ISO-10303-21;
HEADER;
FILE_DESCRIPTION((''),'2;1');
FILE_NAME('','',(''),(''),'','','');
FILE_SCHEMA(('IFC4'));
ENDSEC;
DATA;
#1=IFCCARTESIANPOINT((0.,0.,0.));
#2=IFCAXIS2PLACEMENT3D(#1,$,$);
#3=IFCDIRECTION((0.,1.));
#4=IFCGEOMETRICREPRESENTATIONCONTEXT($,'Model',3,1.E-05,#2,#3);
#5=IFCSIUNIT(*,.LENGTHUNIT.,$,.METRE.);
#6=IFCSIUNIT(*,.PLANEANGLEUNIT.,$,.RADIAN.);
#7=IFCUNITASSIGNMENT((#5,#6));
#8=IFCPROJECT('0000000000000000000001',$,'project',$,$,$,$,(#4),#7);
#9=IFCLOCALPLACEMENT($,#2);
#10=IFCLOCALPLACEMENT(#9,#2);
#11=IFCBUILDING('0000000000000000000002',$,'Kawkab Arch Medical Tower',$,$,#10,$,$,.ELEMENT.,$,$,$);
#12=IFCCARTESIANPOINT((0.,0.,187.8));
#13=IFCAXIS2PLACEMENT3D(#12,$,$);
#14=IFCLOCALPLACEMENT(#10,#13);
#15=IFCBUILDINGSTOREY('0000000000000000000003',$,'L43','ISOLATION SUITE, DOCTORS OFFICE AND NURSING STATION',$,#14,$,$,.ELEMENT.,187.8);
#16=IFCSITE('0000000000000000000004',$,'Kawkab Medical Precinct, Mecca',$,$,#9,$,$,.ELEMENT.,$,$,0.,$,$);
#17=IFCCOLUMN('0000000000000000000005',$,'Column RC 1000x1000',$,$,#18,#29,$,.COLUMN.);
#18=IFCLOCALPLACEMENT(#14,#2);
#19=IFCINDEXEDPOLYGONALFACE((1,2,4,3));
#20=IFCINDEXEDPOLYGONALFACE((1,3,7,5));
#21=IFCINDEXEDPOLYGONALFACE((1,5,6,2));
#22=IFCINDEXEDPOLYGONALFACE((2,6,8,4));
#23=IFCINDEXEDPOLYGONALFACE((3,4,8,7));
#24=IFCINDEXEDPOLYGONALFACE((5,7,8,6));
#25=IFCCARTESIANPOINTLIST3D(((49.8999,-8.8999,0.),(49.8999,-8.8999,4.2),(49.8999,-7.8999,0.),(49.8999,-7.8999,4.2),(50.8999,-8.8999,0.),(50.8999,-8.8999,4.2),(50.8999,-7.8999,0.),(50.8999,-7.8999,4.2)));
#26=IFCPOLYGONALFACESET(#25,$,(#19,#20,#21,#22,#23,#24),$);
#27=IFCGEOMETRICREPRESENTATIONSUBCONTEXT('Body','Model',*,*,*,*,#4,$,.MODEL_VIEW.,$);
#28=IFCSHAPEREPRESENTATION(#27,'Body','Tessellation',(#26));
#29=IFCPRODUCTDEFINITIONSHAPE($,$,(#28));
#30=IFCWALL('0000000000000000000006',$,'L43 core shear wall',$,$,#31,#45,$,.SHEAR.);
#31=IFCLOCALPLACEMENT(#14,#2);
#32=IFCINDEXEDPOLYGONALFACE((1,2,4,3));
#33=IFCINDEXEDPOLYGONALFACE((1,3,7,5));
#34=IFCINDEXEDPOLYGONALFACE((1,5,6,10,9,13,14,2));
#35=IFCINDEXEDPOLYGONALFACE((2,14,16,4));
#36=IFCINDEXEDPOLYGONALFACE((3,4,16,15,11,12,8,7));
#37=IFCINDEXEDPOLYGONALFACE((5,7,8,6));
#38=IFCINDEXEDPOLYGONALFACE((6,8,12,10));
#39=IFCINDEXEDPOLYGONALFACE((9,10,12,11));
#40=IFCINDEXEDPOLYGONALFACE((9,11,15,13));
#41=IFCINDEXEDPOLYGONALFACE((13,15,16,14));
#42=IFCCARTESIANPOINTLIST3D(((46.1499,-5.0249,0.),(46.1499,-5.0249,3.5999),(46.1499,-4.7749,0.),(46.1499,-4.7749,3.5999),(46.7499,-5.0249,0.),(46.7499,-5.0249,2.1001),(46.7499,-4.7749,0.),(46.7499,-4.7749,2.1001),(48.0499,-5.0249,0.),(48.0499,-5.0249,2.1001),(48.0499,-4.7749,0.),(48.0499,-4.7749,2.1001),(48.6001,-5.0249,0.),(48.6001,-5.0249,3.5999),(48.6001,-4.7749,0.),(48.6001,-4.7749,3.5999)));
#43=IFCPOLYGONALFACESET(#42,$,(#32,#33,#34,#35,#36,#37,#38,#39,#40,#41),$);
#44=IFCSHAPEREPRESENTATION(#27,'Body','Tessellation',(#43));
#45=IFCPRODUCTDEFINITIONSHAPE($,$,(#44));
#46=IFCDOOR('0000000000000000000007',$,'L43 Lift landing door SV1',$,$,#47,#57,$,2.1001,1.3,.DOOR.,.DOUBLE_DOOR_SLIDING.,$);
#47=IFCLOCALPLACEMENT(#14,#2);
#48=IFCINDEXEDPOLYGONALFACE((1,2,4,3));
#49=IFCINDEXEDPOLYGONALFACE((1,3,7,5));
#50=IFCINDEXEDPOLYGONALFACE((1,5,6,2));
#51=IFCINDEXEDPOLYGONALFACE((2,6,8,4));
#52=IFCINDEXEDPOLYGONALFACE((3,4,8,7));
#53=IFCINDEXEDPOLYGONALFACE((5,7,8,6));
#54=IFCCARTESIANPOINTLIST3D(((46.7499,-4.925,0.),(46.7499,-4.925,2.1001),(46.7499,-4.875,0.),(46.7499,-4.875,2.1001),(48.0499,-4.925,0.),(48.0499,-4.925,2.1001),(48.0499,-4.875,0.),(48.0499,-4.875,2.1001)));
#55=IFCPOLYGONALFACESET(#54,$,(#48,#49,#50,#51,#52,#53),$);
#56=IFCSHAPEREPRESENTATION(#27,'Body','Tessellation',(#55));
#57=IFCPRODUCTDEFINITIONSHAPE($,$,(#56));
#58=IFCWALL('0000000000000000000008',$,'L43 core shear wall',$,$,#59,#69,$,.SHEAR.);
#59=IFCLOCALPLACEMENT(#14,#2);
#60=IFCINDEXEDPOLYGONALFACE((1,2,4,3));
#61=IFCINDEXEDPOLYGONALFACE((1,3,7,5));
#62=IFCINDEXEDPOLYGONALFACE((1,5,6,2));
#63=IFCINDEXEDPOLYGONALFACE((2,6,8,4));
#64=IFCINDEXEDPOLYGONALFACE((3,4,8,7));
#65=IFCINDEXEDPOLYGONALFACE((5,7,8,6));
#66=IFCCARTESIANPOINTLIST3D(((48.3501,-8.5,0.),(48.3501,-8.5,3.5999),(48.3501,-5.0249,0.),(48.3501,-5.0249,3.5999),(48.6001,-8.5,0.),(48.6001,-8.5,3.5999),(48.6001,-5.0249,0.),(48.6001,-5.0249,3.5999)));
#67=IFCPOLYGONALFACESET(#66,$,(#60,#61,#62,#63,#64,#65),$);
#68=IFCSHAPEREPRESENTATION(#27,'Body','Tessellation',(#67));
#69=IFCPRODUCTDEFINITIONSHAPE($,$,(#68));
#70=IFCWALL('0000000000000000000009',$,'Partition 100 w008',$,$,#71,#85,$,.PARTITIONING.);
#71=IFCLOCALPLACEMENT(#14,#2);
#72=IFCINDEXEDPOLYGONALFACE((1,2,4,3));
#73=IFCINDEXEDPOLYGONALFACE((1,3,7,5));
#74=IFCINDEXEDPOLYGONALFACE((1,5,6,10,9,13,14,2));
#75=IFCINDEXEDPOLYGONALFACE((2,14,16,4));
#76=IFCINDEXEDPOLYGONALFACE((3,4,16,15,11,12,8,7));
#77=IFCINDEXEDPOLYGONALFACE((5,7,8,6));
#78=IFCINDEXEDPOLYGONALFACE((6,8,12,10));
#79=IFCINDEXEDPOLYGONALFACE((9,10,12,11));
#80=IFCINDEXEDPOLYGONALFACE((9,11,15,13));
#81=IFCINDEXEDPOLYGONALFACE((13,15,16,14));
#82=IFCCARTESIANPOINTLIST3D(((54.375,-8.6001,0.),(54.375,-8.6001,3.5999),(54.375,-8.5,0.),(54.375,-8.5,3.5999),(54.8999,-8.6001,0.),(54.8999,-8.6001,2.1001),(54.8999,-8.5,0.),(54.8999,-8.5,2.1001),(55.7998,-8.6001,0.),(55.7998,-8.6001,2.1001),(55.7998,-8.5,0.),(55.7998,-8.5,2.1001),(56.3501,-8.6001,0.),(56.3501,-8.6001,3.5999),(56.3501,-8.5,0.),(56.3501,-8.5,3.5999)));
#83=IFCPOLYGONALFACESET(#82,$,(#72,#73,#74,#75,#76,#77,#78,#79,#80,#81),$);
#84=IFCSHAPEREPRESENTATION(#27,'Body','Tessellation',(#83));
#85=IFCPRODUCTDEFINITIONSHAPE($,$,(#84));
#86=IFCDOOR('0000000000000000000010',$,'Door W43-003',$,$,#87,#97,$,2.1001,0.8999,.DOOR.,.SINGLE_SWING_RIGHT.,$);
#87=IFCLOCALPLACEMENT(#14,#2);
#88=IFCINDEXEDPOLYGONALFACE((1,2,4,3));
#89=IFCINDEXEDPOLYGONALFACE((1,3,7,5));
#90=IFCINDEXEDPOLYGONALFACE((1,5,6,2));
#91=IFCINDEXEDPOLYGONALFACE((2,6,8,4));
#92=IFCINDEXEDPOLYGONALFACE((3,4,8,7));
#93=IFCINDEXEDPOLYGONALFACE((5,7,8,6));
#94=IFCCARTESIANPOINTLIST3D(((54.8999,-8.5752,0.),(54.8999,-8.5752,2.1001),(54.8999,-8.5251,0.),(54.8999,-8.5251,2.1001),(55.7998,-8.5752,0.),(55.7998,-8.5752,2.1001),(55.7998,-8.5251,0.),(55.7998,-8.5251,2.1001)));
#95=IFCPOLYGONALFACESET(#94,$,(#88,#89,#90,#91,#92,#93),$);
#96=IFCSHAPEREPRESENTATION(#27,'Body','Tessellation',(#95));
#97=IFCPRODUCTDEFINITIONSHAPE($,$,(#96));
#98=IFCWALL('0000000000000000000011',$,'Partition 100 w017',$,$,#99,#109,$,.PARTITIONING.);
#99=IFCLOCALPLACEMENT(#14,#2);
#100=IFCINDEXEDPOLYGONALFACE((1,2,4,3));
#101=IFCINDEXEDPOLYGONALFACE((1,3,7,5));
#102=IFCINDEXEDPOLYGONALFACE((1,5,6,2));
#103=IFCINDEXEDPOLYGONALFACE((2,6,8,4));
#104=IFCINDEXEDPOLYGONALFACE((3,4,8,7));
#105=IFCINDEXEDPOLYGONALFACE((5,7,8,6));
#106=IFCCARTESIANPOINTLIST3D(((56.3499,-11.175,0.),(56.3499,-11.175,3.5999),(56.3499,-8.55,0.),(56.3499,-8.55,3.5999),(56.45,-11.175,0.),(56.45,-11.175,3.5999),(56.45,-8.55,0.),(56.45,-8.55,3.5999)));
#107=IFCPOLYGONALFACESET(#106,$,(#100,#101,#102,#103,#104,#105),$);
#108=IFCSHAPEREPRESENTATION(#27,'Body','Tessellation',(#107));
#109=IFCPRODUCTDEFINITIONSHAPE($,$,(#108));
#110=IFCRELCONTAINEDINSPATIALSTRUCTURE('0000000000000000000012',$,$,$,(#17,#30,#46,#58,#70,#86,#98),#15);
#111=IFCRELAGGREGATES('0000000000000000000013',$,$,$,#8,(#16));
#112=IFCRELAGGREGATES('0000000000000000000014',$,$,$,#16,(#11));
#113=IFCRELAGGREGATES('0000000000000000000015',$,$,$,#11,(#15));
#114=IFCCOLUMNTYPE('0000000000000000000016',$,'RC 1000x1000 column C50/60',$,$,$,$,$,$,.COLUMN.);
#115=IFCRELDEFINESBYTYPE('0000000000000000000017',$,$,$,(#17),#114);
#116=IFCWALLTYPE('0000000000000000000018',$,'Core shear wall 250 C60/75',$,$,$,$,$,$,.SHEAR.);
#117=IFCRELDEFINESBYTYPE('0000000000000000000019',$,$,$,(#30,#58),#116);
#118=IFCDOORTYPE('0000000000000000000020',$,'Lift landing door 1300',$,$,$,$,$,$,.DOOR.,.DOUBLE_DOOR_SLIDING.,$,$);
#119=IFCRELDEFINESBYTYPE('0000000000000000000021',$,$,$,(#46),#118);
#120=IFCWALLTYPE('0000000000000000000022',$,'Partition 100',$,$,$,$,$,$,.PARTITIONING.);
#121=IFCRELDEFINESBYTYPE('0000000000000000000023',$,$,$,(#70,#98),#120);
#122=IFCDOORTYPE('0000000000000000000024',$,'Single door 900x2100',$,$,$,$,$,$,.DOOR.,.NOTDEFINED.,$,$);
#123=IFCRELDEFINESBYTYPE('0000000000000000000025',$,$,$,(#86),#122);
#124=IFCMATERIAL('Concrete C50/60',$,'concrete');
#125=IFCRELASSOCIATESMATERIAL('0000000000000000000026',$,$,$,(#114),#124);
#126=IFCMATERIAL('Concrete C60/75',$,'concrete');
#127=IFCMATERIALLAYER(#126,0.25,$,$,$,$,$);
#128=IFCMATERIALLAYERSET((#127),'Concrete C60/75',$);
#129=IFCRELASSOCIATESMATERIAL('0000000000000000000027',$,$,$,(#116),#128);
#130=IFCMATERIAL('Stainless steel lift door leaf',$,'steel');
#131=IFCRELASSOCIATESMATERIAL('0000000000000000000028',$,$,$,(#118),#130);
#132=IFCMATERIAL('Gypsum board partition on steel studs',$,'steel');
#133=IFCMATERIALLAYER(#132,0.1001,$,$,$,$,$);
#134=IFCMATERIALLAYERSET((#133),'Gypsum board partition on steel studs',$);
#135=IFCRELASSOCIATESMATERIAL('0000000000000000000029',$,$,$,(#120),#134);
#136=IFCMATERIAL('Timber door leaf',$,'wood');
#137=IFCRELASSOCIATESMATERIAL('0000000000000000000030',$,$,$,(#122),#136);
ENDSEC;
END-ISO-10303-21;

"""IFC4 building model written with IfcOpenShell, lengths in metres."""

from ifc_helpers import new_model, si_unit, direction, frame, frame_2d, origin, origin_2d, place, context, subcontext, project, spatial, rectangle, extrude, material, layer, layer_set, material_profile, profile_set, type_object, element, fill, save


model = new_model("IFC4")

# Units and contexts
model_context = context("Model", 3, precision=1e-05, world=origin(), true_north=direction((0.0, 1.0)))
body_context = subcontext(model_context, "Body", "Model", "MODEL_VIEW")
ifc_project = project(units=[si_unit("LENGTHUNIT", "METRE"), si_unit("PLANEANGLEUNIT", "RADIAN")], contexts=[model_context])

# Site, building, storey
site_placement = place(None, origin())
site = spatial("IfcSite", under=ifc_project, at=site_placement, Name="Kawkab Medical Precinct, Mecca", CompositionType="ELEMENT", RefElevation=0.0)
building_placement = place(site_placement, origin())
building = spatial("IfcBuilding", under=site, at=building_placement, Name="Kawkab Arch Medical Tower", CompositionType="ELEMENT")
storey_placement = place(building_placement, frame((0.0, 0.0, 187.8)))
storey = spatial("IfcBuildingStorey", under=building, at=storey_placement, Name="L43", Description="ISOLATION SUITE, DOCTORS OFFICE AND NURSING STATION", CompositionType="ELEMENT", Elevation=187.8)

# Column
ifc_material_1 = material(Name="Concrete C50/60", Category="concrete")
ifc_material_profile = material_profile(ifc_material_1, rectangle(XDim=1.0, YDim=1.0, at=origin_2d()), Name="RC 1000x1000")
ifc_profile_set = profile_set([ifc_material_profile], Name="Concrete C50/60")
column_type = type_object("IfcColumnType", Name="RC 1000x1000 column C50/60", PredefinedType="COLUMN", material=ifc_profile_set)
column_placement = place(storey_placement, frame((50.3999, -8.3999, 0.0), z_axis=(0.0, 0.0, 1.0), x_axis=(1.0, 0.0, 0.0)))
element("IfcColumn", 1, at=column_placement, inside=storey, type_object=column_type, Name="Column RC 1000x1000", PredefinedType="COLUMN", context=body_context, shape_type="SweptSolid", body=[
    extrude(rectangle(XDim=1.0, YDim=1.0, at=origin_2d()), origin(), (0.0, 0.0, 1.0), 4.2),
])

# Wall, opening, door
ifc_material_2 = material(Name="Concrete C60/75", Category="concrete")
ifc_layer_1 = layer(ifc_material_2, 0.25)
ifc_layer_set_1 = layer_set([ifc_layer_1], Name="Concrete C60/75")
wall_type_1 = type_object("IfcWallType", Name="Core shear wall 250 C60/75", PredefinedType="SHEAR", material=ifc_layer_set_1)
wall_1_placement = place(storey_placement, frame((46.1499, -4.8999, 0.0), z_axis=(0.0, 0.0, 1.0), x_axis=(1.0, 0.0, 0.0)))
wall_1 = element("IfcWall", 2, at=wall_1_placement, inside=storey, type_object=wall_type_1, Name="L43 core shear wall", PredefinedType="SHEAR", context=body_context, shape_type="SweptSolid", body=[
    extrude(rectangle(XDim=2.4502, YDim=0.25, at=frame_2d((1.2251, 0.0))), origin(), (0.0, 0.0, 1.0), 3.5999),
])
opening_1_placement = place(wall_1_placement, frame((0.6001, 0.0, 0.0)))
opening_1 = element("IfcOpeningElement", 3, at=opening_1_placement, cuts=wall_1, PredefinedType="OPENING", context=body_context, shape_type="SweptSolid", body=[
    extrude(rectangle(XDim=1.3, YDim=2.1001, at=frame_2d((0.6499, 1.05))), frame((0.0, 0.135, 0.0), z_axis=(0.0, -1.0, 0.0), x_axis=(1.0, 0.0, 0.0)), (0.0, 0.0, 1.0), 0.27),
])
ifc_material_3 = material(Name="Stainless steel lift door leaf", Category="steel")
door_type_1 = type_object("IfcDoorType", Name="Lift landing door 1300", OperationType="DOUBLE_DOOR_SLIDING", PredefinedType="DOOR", material=ifc_material_3)
door_1_placement = place(opening_1_placement, origin())
door_1 = element("IfcDoor", 4, at=door_1_placement, inside=storey, type_object=door_type_1, Name="L43 Lift landing door SV1", OperationType="DOUBLE_DOOR_SLIDING", OverallHeight=2.1001, OverallWidth=1.3, PredefinedType="DOOR", context=body_context, shape_type="SweptSolid", body=[
    extrude(rectangle(XDim=1.3, YDim=2.1001, at=frame_2d((0.6499, 1.05))), frame((0.0, 0.0249, 0.0), z_axis=(0.0, -1.0, 0.0), x_axis=(1.0, 0.0, 0.0)), (0.0, 0.0, 1.0), 0.05),
])
fill(opening_1, door_1)

# Wall
wall_2_placement = place(storey_placement, frame((48.4751, -8.5, 0.0), z_axis=(0.0, 0.0, 1.0), x_axis=(0.0, 1.0, 0.0)))
element("IfcWall", 5, at=wall_2_placement, inside=storey, type_object=wall_type_1, Name="L43 core shear wall", PredefinedType="SHEAR", context=body_context, shape_type="SweptSolid", body=[
    extrude(rectangle(XDim=3.4751, YDim=0.25, at=frame_2d((1.7375, 0.0))), origin(), (0.0, 0.0, 1.0), 3.5999),
])

# Wall, opening, door
ifc_material_4 = material(Name="Gypsum board partition on steel studs", Category="steel")
ifc_layer_2 = layer(ifc_material_4, 0.1001)
ifc_layer_set_2 = layer_set([ifc_layer_2], Name="Gypsum board partition on steel studs")
wall_type_2 = type_object("IfcWallType", Name="Partition 100", PredefinedType="PARTITIONING", material=ifc_layer_set_2)
wall_3_placement = place(storey_placement, frame((54.375, -8.55, 0.0), z_axis=(0.0, 0.0, 1.0), x_axis=(1.0, 0.0, 0.0)))
wall_3 = element("IfcWall", 6, at=wall_3_placement, inside=storey, type_object=wall_type_2, Name="Partition 100 w008", PredefinedType="PARTITIONING", context=body_context, shape_type="SweptSolid", body=[
    extrude(rectangle(XDim=1.9751, YDim=0.1001, at=frame_2d((0.9875, 0.0))), origin(), (0.0, 0.0, 1.0), 3.5999),
])
opening_2_placement = place(wall_3_placement, frame((0.5249, 0.0, 0.0)))
opening_2 = element("IfcOpeningElement", 7, at=opening_2_placement, cuts=wall_3, PredefinedType="OPENING", context=body_context, shape_type="SweptSolid", body=[
    extrude(rectangle(XDim=0.8999, YDim=2.1001, at=frame_2d((0.45, 1.05))), frame((0.0, 0.0601, 0.0), z_axis=(0.0, -1.0, 0.0), x_axis=(1.0, 0.0, 0.0)), (0.0, 0.0, 1.0), 0.1201),
])
ifc_material_5 = material(Name="Timber door leaf", Category="wood")
door_type_2 = type_object("IfcDoorType", Name="Single door 900x2100", OperationType="NOTDEFINED", PredefinedType="DOOR", material=ifc_material_5)
door_2_placement = place(opening_2_placement, origin())
door_2 = element("IfcDoor", 8, at=door_2_placement, inside=storey, type_object=door_type_2, Name="Door W43-003", OperationType="SINGLE_SWING_RIGHT", OverallHeight=2.1001, OverallWidth=0.8999, PredefinedType="DOOR", context=body_context, shape_type="SweptSolid", body=[
    extrude(rectangle(XDim=0.8999, YDim=2.1001, at=frame_2d((0.45, 1.05))), frame((0.0, 0.0249, 0.0), z_axis=(0.0, -1.0, 0.0), x_axis=(1.0, 0.0, 0.0)), (0.0, 0.0, 1.0), 0.05),
])
fill(opening_2, door_2)

# Wall
wall_4_placement = place(storey_placement, frame((56.3999, -11.175, 0.0), z_axis=(0.0, 0.0, 1.0), x_axis=(0.0, 1.0, 0.0)))
element("IfcWall", 9, at=wall_4_placement, inside=storey, type_object=wall_type_2, Name="Partition 100 w017", PredefinedType="PARTITIONING", context=body_context, shape_type="SweptSolid", body=[
    extrude(rectangle(XDim=2.625, YDim=0.1001, at=frame_2d((1.3125, 0.0))), origin(), (0.0, 0.0, 1.0), 3.5999),
])

save(model, "model.ifc")
